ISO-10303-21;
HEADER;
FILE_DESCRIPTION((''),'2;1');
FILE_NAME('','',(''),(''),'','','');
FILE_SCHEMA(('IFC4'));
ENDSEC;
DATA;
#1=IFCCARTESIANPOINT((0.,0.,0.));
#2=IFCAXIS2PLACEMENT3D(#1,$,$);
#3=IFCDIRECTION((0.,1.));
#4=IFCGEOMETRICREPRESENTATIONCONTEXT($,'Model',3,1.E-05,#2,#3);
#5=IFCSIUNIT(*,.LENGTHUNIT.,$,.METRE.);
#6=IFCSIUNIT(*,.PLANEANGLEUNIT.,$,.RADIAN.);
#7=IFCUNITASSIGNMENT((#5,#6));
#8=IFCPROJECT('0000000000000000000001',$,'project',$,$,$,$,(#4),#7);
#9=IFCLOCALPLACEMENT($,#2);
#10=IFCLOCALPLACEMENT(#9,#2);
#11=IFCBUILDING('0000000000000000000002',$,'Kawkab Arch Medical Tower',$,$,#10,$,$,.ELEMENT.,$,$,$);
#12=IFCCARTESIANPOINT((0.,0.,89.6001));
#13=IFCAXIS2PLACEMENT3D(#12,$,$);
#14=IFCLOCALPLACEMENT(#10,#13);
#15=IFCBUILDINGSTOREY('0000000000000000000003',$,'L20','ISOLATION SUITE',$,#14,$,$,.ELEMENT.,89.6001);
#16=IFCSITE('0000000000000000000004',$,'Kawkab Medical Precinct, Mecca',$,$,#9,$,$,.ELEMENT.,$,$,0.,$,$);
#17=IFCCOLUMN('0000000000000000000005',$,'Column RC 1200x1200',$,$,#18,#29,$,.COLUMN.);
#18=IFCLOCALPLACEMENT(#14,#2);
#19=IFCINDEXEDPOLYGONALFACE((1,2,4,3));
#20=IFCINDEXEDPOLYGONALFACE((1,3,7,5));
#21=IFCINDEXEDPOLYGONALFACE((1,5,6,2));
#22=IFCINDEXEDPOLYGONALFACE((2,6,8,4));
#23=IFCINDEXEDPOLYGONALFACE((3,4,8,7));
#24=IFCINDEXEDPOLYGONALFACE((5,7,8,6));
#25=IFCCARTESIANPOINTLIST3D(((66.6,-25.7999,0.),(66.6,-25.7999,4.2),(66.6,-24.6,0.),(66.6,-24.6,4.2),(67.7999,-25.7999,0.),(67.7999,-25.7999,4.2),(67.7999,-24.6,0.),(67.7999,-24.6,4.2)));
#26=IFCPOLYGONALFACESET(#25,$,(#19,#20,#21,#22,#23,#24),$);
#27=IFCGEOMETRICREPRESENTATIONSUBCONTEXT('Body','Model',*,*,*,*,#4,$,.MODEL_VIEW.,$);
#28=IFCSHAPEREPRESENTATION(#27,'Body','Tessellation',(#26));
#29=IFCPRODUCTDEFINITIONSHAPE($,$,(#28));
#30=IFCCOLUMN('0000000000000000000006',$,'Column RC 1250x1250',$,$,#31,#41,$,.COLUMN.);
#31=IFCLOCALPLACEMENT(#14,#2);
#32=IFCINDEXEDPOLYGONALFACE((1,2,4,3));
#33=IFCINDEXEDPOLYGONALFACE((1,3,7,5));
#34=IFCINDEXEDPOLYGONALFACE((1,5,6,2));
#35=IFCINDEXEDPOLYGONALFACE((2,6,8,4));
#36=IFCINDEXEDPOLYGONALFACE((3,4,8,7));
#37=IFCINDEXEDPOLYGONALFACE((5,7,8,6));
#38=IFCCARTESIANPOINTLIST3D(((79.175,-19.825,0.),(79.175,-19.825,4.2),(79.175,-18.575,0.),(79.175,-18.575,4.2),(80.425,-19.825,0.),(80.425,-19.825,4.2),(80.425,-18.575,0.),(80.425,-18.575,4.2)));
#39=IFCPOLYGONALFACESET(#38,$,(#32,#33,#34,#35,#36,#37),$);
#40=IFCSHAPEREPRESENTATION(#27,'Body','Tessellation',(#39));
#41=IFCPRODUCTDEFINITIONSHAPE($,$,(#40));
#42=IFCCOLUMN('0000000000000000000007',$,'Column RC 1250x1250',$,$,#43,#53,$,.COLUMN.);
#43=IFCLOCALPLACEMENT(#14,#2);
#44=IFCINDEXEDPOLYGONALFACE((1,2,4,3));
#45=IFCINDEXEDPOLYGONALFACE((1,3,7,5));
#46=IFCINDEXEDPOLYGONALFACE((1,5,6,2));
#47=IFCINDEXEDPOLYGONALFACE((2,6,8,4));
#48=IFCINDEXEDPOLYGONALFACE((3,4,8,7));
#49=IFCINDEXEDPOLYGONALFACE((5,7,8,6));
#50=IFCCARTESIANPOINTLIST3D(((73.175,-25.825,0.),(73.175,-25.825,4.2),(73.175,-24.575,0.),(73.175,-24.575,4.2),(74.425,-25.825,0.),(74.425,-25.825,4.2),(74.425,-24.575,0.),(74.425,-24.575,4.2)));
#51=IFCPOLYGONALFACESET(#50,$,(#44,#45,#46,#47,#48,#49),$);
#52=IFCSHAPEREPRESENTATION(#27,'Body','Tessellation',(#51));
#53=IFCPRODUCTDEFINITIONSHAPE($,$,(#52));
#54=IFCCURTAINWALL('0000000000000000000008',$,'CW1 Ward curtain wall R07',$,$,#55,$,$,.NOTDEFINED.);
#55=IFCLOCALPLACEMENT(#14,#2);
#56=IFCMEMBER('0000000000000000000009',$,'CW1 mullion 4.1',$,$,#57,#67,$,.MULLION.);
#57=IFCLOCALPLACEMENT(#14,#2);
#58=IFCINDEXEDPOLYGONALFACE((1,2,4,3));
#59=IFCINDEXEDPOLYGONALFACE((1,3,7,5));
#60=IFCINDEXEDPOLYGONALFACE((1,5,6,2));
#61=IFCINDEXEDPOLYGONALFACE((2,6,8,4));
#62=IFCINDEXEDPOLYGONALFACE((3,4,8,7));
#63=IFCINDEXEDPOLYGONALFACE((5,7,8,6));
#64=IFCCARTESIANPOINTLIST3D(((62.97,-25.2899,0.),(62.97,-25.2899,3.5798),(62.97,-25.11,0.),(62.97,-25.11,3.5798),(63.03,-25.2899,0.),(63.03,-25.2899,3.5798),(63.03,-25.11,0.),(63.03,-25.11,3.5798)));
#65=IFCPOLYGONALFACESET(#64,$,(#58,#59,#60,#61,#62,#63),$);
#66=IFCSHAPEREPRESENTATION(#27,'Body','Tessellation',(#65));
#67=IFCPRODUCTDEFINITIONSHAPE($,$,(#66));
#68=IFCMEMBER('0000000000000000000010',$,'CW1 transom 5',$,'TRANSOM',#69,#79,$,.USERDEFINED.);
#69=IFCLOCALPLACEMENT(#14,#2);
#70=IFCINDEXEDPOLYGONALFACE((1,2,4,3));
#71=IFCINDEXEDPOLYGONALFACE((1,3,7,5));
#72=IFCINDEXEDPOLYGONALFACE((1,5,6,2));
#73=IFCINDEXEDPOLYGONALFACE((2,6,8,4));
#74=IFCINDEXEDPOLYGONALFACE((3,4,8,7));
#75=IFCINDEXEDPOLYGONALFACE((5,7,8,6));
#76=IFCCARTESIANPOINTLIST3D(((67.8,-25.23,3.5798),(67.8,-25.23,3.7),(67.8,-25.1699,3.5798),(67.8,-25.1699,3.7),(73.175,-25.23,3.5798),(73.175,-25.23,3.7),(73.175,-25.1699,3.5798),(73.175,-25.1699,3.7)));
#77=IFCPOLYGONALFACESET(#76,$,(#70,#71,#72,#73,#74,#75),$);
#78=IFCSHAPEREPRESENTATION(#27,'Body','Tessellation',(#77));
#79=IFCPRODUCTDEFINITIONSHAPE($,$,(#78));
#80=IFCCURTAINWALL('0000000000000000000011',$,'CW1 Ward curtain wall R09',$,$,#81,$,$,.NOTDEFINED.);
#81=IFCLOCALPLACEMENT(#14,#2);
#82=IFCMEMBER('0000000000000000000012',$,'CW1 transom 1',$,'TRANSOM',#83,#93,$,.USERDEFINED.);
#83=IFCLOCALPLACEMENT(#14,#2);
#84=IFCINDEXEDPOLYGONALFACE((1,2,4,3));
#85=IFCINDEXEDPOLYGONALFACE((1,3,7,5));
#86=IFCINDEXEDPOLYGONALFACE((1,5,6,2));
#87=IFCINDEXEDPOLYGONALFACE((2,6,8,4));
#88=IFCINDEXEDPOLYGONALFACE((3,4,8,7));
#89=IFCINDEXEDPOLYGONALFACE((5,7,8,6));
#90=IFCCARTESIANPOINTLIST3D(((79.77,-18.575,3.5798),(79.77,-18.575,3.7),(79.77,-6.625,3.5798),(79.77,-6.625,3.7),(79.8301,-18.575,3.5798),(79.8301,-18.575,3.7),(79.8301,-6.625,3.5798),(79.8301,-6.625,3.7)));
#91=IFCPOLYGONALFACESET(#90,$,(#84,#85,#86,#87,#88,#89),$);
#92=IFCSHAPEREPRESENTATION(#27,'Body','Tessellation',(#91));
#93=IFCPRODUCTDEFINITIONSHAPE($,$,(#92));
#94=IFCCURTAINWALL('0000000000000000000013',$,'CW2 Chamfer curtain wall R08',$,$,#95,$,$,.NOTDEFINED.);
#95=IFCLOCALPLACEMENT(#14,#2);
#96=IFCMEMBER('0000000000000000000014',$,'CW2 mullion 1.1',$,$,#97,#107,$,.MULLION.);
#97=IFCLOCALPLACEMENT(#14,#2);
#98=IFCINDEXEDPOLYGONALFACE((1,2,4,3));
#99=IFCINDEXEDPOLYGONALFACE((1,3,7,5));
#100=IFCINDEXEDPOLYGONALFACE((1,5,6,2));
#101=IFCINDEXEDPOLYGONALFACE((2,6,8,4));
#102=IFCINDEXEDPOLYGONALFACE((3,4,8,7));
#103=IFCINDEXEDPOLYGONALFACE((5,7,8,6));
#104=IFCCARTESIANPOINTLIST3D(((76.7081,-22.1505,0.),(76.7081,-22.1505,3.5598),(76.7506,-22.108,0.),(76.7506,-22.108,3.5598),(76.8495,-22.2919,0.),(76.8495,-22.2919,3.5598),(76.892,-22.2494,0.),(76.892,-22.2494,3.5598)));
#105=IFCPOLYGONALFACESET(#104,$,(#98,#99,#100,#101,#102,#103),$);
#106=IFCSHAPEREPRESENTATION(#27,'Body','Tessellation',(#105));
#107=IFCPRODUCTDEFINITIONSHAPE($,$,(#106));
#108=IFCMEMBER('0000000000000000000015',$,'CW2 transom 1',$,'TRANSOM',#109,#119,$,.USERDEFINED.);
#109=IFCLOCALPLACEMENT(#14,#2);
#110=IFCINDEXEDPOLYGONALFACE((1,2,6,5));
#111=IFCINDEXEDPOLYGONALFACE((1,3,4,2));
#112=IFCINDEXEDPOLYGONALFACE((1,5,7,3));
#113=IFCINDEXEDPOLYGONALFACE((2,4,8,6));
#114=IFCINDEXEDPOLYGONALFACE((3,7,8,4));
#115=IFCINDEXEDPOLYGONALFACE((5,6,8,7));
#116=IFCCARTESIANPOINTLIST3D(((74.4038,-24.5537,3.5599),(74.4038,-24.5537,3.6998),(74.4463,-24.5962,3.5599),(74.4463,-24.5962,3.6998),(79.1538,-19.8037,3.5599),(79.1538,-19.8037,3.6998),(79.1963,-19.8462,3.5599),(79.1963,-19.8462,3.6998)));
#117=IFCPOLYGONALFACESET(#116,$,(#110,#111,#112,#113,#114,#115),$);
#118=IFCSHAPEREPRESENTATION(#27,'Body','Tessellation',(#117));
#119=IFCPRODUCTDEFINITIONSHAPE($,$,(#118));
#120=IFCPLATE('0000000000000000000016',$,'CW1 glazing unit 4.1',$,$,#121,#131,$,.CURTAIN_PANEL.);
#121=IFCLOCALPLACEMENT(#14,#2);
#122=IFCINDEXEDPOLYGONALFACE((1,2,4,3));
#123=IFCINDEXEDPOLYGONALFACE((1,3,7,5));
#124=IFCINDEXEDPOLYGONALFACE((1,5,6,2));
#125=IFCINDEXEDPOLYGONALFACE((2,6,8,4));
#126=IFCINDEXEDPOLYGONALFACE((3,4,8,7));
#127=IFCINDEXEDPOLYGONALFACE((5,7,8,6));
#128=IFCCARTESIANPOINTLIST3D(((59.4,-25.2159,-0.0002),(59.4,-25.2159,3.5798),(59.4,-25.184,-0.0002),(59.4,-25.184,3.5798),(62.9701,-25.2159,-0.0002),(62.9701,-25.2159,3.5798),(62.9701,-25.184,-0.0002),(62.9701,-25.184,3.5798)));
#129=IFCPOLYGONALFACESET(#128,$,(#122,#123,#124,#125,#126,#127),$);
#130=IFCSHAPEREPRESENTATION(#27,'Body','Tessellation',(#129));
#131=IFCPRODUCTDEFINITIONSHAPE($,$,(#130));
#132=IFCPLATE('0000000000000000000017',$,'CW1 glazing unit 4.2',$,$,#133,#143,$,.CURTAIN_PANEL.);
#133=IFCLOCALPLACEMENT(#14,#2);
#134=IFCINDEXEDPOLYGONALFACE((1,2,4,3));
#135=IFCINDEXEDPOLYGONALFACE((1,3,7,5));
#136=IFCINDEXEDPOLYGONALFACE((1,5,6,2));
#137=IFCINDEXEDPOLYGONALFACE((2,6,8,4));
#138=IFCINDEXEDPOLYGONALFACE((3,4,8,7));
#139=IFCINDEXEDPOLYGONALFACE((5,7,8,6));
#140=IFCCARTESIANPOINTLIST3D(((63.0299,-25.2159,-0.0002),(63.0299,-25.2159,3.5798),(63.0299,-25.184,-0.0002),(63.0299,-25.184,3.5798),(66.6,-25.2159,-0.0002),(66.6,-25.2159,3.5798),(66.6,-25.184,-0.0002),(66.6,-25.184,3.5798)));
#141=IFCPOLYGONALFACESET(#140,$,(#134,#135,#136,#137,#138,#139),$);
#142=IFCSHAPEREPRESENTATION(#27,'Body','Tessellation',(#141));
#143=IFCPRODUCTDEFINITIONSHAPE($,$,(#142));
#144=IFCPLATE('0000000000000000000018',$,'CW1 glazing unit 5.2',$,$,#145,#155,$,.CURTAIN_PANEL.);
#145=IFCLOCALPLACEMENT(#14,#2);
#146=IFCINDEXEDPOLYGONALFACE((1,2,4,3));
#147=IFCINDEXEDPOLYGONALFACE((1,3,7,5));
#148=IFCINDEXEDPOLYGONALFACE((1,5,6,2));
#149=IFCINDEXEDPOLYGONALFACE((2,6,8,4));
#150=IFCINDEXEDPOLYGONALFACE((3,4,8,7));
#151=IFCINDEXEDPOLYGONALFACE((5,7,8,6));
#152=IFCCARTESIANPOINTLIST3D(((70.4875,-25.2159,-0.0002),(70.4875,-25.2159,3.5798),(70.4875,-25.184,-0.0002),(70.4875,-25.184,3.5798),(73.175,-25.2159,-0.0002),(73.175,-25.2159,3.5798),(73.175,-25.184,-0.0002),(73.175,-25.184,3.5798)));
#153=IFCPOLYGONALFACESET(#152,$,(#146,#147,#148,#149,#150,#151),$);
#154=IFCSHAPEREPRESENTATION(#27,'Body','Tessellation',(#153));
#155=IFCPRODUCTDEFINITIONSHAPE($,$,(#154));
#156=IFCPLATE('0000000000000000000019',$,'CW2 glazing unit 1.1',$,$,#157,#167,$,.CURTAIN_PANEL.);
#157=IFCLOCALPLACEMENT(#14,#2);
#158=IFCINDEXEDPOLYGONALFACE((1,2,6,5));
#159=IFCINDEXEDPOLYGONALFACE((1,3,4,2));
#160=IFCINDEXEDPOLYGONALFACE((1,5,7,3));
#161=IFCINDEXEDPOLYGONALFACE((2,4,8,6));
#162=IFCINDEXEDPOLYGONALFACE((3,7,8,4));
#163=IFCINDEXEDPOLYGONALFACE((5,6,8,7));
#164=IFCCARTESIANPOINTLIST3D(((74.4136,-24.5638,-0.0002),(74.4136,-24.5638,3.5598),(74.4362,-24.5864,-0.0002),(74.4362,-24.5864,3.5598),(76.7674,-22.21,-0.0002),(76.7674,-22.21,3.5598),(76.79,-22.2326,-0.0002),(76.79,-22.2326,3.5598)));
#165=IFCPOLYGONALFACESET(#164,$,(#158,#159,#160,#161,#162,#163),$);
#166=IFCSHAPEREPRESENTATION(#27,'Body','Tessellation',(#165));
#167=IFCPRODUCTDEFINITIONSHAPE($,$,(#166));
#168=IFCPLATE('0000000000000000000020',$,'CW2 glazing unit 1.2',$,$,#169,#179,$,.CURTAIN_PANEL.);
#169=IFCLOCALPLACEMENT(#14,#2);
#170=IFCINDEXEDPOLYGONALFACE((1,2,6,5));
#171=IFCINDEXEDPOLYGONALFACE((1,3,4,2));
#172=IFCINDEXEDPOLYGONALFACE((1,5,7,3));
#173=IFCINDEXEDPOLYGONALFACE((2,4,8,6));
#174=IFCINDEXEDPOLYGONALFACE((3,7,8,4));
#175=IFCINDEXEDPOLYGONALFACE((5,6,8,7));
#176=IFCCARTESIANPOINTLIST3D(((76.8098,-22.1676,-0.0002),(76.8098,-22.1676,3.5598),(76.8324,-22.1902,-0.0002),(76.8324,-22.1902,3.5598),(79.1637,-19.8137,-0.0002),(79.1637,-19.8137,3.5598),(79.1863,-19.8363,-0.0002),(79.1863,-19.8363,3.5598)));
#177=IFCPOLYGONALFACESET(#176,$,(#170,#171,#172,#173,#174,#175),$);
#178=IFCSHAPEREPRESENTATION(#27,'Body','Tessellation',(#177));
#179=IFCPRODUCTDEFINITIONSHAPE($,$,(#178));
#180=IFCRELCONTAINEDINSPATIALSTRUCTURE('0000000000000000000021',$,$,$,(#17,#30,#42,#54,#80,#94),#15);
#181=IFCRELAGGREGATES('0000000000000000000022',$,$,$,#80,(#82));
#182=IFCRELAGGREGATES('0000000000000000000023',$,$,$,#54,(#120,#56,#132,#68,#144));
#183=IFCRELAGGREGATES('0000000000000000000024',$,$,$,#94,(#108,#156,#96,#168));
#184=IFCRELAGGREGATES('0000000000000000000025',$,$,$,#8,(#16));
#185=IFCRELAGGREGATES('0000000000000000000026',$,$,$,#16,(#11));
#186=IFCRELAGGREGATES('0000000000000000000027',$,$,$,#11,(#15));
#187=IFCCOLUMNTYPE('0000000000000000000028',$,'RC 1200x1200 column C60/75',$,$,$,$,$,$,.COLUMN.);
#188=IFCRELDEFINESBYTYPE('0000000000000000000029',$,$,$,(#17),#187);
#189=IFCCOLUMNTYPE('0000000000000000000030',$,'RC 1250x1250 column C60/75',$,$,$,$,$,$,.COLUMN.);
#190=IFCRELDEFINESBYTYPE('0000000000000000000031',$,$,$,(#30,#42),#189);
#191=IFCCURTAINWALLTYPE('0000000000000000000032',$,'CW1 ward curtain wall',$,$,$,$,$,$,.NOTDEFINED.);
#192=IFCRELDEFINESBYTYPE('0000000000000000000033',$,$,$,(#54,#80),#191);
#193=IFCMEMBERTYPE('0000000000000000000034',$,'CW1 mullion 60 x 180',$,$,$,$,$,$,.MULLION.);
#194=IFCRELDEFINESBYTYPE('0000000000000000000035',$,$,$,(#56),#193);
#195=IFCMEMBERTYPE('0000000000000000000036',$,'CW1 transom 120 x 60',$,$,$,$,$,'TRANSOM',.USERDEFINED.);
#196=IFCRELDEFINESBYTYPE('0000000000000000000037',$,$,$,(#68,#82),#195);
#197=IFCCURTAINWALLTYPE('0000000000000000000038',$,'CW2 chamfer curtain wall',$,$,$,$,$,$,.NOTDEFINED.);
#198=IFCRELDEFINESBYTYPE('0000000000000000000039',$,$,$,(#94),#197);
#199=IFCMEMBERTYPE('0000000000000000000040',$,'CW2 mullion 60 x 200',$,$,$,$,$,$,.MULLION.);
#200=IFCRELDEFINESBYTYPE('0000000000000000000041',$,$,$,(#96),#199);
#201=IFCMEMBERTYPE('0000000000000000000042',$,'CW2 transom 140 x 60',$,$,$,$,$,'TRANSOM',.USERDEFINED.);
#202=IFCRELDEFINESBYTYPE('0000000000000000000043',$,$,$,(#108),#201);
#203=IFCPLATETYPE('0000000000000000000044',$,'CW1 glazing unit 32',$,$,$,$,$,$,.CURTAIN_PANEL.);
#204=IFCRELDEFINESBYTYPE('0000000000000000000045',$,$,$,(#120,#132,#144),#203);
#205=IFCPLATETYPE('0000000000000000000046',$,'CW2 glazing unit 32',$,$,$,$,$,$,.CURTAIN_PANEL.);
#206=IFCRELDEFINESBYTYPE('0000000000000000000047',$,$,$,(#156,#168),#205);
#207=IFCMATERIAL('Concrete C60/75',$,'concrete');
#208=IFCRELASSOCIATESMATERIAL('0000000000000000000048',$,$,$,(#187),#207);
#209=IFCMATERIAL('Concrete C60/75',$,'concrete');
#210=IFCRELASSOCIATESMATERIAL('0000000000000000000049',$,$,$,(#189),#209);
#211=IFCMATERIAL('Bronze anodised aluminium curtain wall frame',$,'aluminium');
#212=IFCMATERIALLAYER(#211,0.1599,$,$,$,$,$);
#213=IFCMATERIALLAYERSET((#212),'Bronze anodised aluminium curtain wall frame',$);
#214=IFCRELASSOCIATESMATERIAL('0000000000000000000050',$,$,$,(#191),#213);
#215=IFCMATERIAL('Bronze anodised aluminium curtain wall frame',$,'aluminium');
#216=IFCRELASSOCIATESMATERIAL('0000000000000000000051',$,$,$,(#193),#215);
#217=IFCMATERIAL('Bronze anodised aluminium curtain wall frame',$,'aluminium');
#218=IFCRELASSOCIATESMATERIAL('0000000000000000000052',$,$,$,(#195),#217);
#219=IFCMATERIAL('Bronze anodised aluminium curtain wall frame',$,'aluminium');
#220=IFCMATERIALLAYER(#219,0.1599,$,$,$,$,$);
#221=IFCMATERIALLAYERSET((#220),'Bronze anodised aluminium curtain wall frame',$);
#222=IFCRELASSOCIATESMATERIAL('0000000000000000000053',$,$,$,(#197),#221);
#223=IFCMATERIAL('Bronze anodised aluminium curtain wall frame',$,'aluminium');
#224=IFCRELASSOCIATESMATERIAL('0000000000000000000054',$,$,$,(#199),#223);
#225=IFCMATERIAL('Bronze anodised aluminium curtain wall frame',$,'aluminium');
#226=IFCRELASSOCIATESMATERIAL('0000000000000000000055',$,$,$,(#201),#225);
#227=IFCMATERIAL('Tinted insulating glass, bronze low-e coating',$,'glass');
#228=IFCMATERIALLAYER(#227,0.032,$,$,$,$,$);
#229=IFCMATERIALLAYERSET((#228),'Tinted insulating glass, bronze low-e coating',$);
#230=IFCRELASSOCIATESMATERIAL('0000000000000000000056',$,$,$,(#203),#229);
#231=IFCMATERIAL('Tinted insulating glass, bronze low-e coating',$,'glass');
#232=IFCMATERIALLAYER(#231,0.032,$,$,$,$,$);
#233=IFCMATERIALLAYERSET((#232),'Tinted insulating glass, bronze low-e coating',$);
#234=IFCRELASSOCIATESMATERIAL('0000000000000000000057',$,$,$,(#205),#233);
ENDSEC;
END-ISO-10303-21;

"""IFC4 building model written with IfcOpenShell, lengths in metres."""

from ifc_helpers import new_model, si_unit, direction, frame, origin, origin_2d, place, context, subcontext, project, spatial, rectangle, extrude, material, layer, layer_set, material_profile, profile_set, type_object, element, aggregate, save


model = new_model("IFC4")

# Units and contexts
model_context = context("Model", 3, precision=1e-05, world=origin(), true_north=direction((0.0, 1.0)))
body_context = subcontext(model_context, "Body", "Model", "MODEL_VIEW")
ifc_project = project(units=[si_unit("LENGTHUNIT", "METRE"), si_unit("PLANEANGLEUNIT", "RADIAN")], contexts=[model_context])

# Site, building, storey
site_placement = place(None, origin())
site = spatial("IfcSite", under=ifc_project, at=site_placement, Name="Kawkab Medical Precinct, Mecca", CompositionType="ELEMENT", RefElevation=0.0)
building_placement = place(site_placement, origin())
building = spatial("IfcBuilding", under=site, at=building_placement, Name="Kawkab Arch Medical Tower", CompositionType="ELEMENT")
storey_placement = place(building_placement, frame((0.0, 0.0, 89.6001)))
storey = spatial("IfcBuildingStorey", under=building, at=storey_placement, Name="L20", Description="ISOLATION SUITE", CompositionType="ELEMENT", Elevation=89.6001)

# Columns
ifc_material_1 = material(Name="Concrete C60/75", Category="concrete")
ifc_material_profile_1 = material_profile(ifc_material_1, rectangle(XDim=1.2, YDim=1.2, at=origin_2d()), Name="RC 1200x1200")
ifc_profile_set_1 = profile_set([ifc_material_profile_1], Name="Concrete C60/75")
column_type_1 = type_object("IfcColumnType", Name="RC 1200x1200 column C60/75", PredefinedType="COLUMN", material=ifc_profile_set_1)
column_placement = place(storey_placement, frame((67.2, -25.2, 0.0), z_axis=(0.0, 0.0, 1.0), x_axis=(1.0, 0.0, 0.0)))
element("IfcColumn", 1, at=column_placement, inside=storey, type_object=column_type_1, Name="Column RC 1200x1200", PredefinedType="COLUMN", context=body_context, shape_type="SweptSolid", body=[
    extrude(rectangle(XDim=1.2, YDim=1.2, at=origin_2d()), origin(), (0.0, 0.0, 1.0), 4.2),
])
ifc_material_2 = material(Name="Concrete C60/75", Category="concrete")
ifc_material_profile_2 = material_profile(ifc_material_2, rectangle(XDim=1.25, YDim=1.25, at=origin_2d()), Name="RC 1250x1250")
ifc_profile_set_2 = profile_set([ifc_material_profile_2], Name="Concrete C60/75")
column_type_2 = type_object("IfcColumnType", Name="RC 1250x1250 column C60/75", PredefinedType="COLUMN", material=ifc_profile_set_2)
for number, where, z_axis, x_axis, name in (
    (2, (79.8, -19.2, 0.0), (0.0, 0.0, 1.0), (1.0, 0.0, 0.0), "Column RC 1250x1250"),
    (3, (73.8, -25.2, 0.0), (0.0, 0.0, 1.0), (1.0, 0.0, 0.0), "Column RC 1250x1250"),
):
    element("IfcColumn", number, at=place(storey_placement, frame(where, z_axis=z_axis, x_axis=x_axis)), inside=storey, type_object=column_type_2, Name=name, PredefinedType="COLUMN", context=body_context, shape_type="SweptSolid", body=[
        extrude(rectangle(XDim=1.25, YDim=1.25, at=origin_2d()), origin(), (0.0, 0.0, 1.0), 4.2),
    ])

# Curtain wall, members
ifc_material_3 = material(Name="Bronze anodised aluminium curtain wall frame", Category="aluminium")
ifc_layer_1 = layer(ifc_material_3, 0.1599)
ifc_layer_set_1 = layer_set([ifc_layer_1], Name="Bronze anodised aluminium curtain wall frame")
curtain_wall_type_1 = type_object("IfcCurtainWallType", Name="CW1 ward curtain wall", PredefinedType="NOTDEFINED", material=ifc_layer_set_1)
placement = place(storey_placement, origin())
curtain_wall_1 = element("IfcCurtainWall", 4, at=placement, inside=storey, type_object=curtain_wall_type_1, Name="CW1 Ward curtain wall R07", PredefinedType="NOTDEFINED")
ifc_material_4 = material(Name="Bronze anodised aluminium curtain wall frame", Category="aluminium")
ifc_material_profile_3 = material_profile(ifc_material_4, rectangle(XDim=0.1799, YDim=0.0601, at=origin_2d()), Name="AL 60x180")
ifc_profile_set_3 = profile_set([ifc_material_profile_3], Name="Bronze anodised aluminium curtain wall frame")
member_type_1 = type_object("IfcMemberType", Name="CW1 mullion 60 x 180", PredefinedType="MULLION", material=ifc_profile_set_3)
member_1_placement = place(storey_placement, frame((63.0, -25.2, 0.0), z_axis=(0.0, 0.0, 1.0), x_axis=(0.0, 1.0, 0.0)))
member_1 = element("IfcMember", 5, at=member_1_placement, type_object=member_type_1, Name="CW1 mullion 4.1", PredefinedType="MULLION", context=body_context, shape_type="SweptSolid", body=[
    extrude(rectangle(XDim=0.1799, YDim=0.0601, at=origin_2d()), origin(), (0.0, 0.0, 1.0), 3.5798),
])
ifc_material_5 = material(Name="Bronze anodised aluminium curtain wall frame", Category="aluminium")
ifc_material_profile_4 = material_profile(ifc_material_5, rectangle(XDim=0.0601, YDim=0.1201, at=origin_2d()), Name="AL 60x120")
ifc_profile_set_4 = profile_set([ifc_material_profile_4], Name="Bronze anodised aluminium curtain wall frame")
member_type_2 = type_object("IfcMemberType", Name="CW1 transom 120 x 60", ElementType="TRANSOM", PredefinedType="USERDEFINED", material=ifc_profile_set_4)
member_2_placement = place(storey_placement, frame((67.8, -25.2, 3.6399), z_axis=(1.0, 0.0, 0.0), x_axis=(0.0, 1.0, 0.0)))
member_2 = element("IfcMember", 6, at=member_2_placement, type_object=member_type_2, Name="CW1 transom 5", ObjectType="TRANSOM", PredefinedType="USERDEFINED", context=body_context, shape_type="SweptSolid", body=[
    extrude(rectangle(XDim=0.0601, YDim=0.1201, at=origin_2d()), origin(), (0.0, 0.0, 1.0), 5.375),
])

# Curtain wall, member
curtain_wall_2 = element("IfcCurtainWall", 7, at=placement, inside=storey, type_object=curtain_wall_type_1, Name="CW1 Ward curtain wall R09", PredefinedType="NOTDEFINED")
member_3_placement = place(storey_placement, frame((79.8, -18.575, 3.6399), z_axis=(0.0, 1.0, 0.0), x_axis=(-1.0, 0.0, 0.0)))
member_3 = element("IfcMember", 8, at=member_3_placement, type_object=member_type_2, Name="CW1 transom 1", ObjectType="TRANSOM", PredefinedType="USERDEFINED", context=body_context, shape_type="SweptSolid", body=[
    extrude(rectangle(XDim=0.0601, YDim=0.1201, at=origin_2d()), origin(), (0.0, 0.0, 1.0), 11.95),
])
aggregate(curtain_wall_2, [member_3])

# Curtain wall, members
ifc_material_6 = material(Name="Bronze anodised aluminium curtain wall frame", Category="aluminium")
ifc_layer_2 = layer(ifc_material_6, 0.1599)
ifc_layer_set_2 = layer_set([ifc_layer_2], Name="Bronze anodised aluminium curtain wall frame")
curtain_wall_type_2 = type_object("IfcCurtainWallType", Name="CW2 chamfer curtain wall", PredefinedType="NOTDEFINED", material=ifc_layer_set_2)
curtain_wall_3 = element("IfcCurtainWall", 9, at=placement, inside=storey, type_object=curtain_wall_type_2, Name="CW2 Chamfer curtain wall R08", PredefinedType="NOTDEFINED")
ifc_material_7 = material(Name="Bronze anodised aluminium curtain wall frame", Category="aluminium")
ifc_material_profile_5 = material_profile(ifc_material_7, rectangle(XDim=0.2, YDim=0.0601, at=origin_2d()), Name="AL 60x200")
ifc_profile_set_5 = profile_set([ifc_material_profile_5], Name="Bronze anodised aluminium curtain wall frame")
member_type_3 = type_object("IfcMemberType", Name="CW2 mullion 60 x 200", PredefinedType="MULLION", material=ifc_profile_set_5)
member_4_placement = place(storey_placement, frame((76.8, -22.2, 0.0), z_axis=(0.0, 0.0, 1.0), x_axis=(-0.707107, 0.707107, 0.0)))
member_4 = element("IfcMember", 10, at=member_4_placement, type_object=member_type_3, Name="CW2 mullion 1.1", PredefinedType="MULLION", context=body_context, shape_type="SweptSolid", body=[
    extrude(rectangle(XDim=0.2, YDim=0.0601, at=origin_2d()), origin(), (0.0, 0.0, 1.0), 3.5598),
])
ifc_material_8 = material(Name="Bronze anodised aluminium curtain wall frame", Category="aluminium")
ifc_material_profile_6 = material_profile(ifc_material_8, rectangle(XDim=0.0601, YDim=0.1399, at=origin_2d()), Name="AL 60x140")
ifc_profile_set_6 = profile_set([ifc_material_profile_6], Name="Bronze anodised aluminium curtain wall frame")
member_type_4 = type_object("IfcMemberType", Name="CW2 transom 140 x 60", ElementType="TRANSOM", PredefinedType="USERDEFINED", material=ifc_profile_set_6)
member_5_placement = place(storey_placement, frame((74.425, -24.575, 3.6299), z_axis=(0.707107, 0.707107, 0.0), x_axis=(-0.707107, 0.707107, 0.0)))
member_5 = element("IfcMember", 11, at=member_5_placement, type_object=member_type_4, Name="CW2 transom 1", ObjectType="TRANSOM", PredefinedType="USERDEFINED", context=body_context, shape_type="SweptSolid", body=[
    extrude(rectangle(XDim=0.0601, YDim=0.1399, at=origin_2d()), origin(), (0.0, 0.0, 1.0), 6.7175),
])

# Plates
ifc_material_9 = material(Name="Tinted insulating glass, bronze low-e coating", Category="glass")
ifc_layer_3 = layer(ifc_material_9, 0.032)
ifc_layer_set_3 = layer_set([ifc_layer_3], Name="Tinted insulating glass, bronze low-e coating")
plate_type_1 = type_object("IfcPlateType", Name="CW1 glazing unit 32", PredefinedType="CURTAIN_PANEL", material=ifc_layer_set_3)
plate_1_placement = place(storey_placement, frame((61.1851, -25.2, -0.0002), z_axis=(0.0, 0.0, 1.0), x_axis=(1.0, 0.0, 0.0)))
plate_1 = element("IfcPlate", 12, at=plate_1_placement, type_object=plate_type_1, Name="CW1 glazing unit 4.1", PredefinedType="CURTAIN_PANEL", context=body_context, shape_type="SweptSolid", body=[
    extrude(rectangle(XDim=3.5701, YDim=0.032, at=origin_2d()), origin(), (0.0, 0.0, 1.0), 3.5801),
])
plate_2_placement = place(storey_placement, frame((64.8149, -25.2, -0.0002), z_axis=(0.0, 0.0, 1.0), x_axis=(1.0, 0.0, 0.0)))
plate_2 = element("IfcPlate", 13, at=plate_2_placement, type_object=plate_type_1, Name="CW1 glazing unit 4.2", PredefinedType="CURTAIN_PANEL", context=body_context, shape_type="SweptSolid", body=[
    extrude(rectangle(XDim=3.5701, YDim=0.032, at=origin_2d()), origin(), (0.0, 0.0, 1.0), 3.5801),
])
plate_3_placement = place(storey_placement, frame((71.8313, -25.2, -0.0002), z_axis=(0.0, 0.0, 1.0), x_axis=(1.0, 0.0, 0.0)))
plate_3 = element("IfcPlate", 14, at=plate_3_placement, type_object=plate_type_1, Name="CW1 glazing unit 5.2", PredefinedType="CURTAIN_PANEL", context=body_context, shape_type="SweptSolid", body=[
    extrude(rectangle(XDim=2.6875, YDim=0.032, at=origin_2d()), origin(), (0.0, 0.0, 1.0), 3.5801),
])
aggregate(curtain_wall_1, [plate_1, member_1, plate_2, member_2, plate_3])
ifc_material_10 = material(Name="Tinted insulating glass, bronze low-e coating", Category="glass")
ifc_layer_4 = layer(ifc_material_10, 0.032)
ifc_layer_set_4 = layer_set([ifc_layer_4], Name="Tinted insulating glass, bronze low-e coating")
plate_type_2 = type_object("IfcPlateType", Name="CW2 glazing unit 32", PredefinedType="CURTAIN_PANEL", material=ifc_layer_set_4)
plate_4_placement = place(storey_placement, frame((75.6018, -23.3982, -0.0002), z_axis=(0.0, 0.0, 1.0), x_axis=(0.707107, 0.707107, 0.0)))
plate_4 = element("IfcPlate", 15, at=plate_4_placement, type_object=plate_type_2, Name="CW2 glazing unit 1.1", PredefinedType="CURTAIN_PANEL", context=body_context, shape_type="SweptSolid", body=[
    extrude(rectangle(XDim=3.3289, YDim=0.032, at=origin_2d()), origin(), (0.0, 0.0, 1.0), 3.5601),
])
plate_5_placement = place(storey_placement, frame((77.998, -21.002, -0.0002), z_axis=(0.0, 0.0, 1.0), x_axis=(0.707107, 0.707107, 0.0)))
plate_5 = element("IfcPlate", 16, at=plate_5_placement, type_object=plate_type_2, Name="CW2 glazing unit 1.2", PredefinedType="CURTAIN_PANEL", context=body_context, shape_type="SweptSolid", body=[
    extrude(rectangle(XDim=3.3289, YDim=0.032, at=origin_2d()), origin(), (0.0, 0.0, 1.0), 3.5601),
])
aggregate(curtain_wall_3, [member_5, plate_4, member_4, plate_5])

save(model, "model.ifc")
